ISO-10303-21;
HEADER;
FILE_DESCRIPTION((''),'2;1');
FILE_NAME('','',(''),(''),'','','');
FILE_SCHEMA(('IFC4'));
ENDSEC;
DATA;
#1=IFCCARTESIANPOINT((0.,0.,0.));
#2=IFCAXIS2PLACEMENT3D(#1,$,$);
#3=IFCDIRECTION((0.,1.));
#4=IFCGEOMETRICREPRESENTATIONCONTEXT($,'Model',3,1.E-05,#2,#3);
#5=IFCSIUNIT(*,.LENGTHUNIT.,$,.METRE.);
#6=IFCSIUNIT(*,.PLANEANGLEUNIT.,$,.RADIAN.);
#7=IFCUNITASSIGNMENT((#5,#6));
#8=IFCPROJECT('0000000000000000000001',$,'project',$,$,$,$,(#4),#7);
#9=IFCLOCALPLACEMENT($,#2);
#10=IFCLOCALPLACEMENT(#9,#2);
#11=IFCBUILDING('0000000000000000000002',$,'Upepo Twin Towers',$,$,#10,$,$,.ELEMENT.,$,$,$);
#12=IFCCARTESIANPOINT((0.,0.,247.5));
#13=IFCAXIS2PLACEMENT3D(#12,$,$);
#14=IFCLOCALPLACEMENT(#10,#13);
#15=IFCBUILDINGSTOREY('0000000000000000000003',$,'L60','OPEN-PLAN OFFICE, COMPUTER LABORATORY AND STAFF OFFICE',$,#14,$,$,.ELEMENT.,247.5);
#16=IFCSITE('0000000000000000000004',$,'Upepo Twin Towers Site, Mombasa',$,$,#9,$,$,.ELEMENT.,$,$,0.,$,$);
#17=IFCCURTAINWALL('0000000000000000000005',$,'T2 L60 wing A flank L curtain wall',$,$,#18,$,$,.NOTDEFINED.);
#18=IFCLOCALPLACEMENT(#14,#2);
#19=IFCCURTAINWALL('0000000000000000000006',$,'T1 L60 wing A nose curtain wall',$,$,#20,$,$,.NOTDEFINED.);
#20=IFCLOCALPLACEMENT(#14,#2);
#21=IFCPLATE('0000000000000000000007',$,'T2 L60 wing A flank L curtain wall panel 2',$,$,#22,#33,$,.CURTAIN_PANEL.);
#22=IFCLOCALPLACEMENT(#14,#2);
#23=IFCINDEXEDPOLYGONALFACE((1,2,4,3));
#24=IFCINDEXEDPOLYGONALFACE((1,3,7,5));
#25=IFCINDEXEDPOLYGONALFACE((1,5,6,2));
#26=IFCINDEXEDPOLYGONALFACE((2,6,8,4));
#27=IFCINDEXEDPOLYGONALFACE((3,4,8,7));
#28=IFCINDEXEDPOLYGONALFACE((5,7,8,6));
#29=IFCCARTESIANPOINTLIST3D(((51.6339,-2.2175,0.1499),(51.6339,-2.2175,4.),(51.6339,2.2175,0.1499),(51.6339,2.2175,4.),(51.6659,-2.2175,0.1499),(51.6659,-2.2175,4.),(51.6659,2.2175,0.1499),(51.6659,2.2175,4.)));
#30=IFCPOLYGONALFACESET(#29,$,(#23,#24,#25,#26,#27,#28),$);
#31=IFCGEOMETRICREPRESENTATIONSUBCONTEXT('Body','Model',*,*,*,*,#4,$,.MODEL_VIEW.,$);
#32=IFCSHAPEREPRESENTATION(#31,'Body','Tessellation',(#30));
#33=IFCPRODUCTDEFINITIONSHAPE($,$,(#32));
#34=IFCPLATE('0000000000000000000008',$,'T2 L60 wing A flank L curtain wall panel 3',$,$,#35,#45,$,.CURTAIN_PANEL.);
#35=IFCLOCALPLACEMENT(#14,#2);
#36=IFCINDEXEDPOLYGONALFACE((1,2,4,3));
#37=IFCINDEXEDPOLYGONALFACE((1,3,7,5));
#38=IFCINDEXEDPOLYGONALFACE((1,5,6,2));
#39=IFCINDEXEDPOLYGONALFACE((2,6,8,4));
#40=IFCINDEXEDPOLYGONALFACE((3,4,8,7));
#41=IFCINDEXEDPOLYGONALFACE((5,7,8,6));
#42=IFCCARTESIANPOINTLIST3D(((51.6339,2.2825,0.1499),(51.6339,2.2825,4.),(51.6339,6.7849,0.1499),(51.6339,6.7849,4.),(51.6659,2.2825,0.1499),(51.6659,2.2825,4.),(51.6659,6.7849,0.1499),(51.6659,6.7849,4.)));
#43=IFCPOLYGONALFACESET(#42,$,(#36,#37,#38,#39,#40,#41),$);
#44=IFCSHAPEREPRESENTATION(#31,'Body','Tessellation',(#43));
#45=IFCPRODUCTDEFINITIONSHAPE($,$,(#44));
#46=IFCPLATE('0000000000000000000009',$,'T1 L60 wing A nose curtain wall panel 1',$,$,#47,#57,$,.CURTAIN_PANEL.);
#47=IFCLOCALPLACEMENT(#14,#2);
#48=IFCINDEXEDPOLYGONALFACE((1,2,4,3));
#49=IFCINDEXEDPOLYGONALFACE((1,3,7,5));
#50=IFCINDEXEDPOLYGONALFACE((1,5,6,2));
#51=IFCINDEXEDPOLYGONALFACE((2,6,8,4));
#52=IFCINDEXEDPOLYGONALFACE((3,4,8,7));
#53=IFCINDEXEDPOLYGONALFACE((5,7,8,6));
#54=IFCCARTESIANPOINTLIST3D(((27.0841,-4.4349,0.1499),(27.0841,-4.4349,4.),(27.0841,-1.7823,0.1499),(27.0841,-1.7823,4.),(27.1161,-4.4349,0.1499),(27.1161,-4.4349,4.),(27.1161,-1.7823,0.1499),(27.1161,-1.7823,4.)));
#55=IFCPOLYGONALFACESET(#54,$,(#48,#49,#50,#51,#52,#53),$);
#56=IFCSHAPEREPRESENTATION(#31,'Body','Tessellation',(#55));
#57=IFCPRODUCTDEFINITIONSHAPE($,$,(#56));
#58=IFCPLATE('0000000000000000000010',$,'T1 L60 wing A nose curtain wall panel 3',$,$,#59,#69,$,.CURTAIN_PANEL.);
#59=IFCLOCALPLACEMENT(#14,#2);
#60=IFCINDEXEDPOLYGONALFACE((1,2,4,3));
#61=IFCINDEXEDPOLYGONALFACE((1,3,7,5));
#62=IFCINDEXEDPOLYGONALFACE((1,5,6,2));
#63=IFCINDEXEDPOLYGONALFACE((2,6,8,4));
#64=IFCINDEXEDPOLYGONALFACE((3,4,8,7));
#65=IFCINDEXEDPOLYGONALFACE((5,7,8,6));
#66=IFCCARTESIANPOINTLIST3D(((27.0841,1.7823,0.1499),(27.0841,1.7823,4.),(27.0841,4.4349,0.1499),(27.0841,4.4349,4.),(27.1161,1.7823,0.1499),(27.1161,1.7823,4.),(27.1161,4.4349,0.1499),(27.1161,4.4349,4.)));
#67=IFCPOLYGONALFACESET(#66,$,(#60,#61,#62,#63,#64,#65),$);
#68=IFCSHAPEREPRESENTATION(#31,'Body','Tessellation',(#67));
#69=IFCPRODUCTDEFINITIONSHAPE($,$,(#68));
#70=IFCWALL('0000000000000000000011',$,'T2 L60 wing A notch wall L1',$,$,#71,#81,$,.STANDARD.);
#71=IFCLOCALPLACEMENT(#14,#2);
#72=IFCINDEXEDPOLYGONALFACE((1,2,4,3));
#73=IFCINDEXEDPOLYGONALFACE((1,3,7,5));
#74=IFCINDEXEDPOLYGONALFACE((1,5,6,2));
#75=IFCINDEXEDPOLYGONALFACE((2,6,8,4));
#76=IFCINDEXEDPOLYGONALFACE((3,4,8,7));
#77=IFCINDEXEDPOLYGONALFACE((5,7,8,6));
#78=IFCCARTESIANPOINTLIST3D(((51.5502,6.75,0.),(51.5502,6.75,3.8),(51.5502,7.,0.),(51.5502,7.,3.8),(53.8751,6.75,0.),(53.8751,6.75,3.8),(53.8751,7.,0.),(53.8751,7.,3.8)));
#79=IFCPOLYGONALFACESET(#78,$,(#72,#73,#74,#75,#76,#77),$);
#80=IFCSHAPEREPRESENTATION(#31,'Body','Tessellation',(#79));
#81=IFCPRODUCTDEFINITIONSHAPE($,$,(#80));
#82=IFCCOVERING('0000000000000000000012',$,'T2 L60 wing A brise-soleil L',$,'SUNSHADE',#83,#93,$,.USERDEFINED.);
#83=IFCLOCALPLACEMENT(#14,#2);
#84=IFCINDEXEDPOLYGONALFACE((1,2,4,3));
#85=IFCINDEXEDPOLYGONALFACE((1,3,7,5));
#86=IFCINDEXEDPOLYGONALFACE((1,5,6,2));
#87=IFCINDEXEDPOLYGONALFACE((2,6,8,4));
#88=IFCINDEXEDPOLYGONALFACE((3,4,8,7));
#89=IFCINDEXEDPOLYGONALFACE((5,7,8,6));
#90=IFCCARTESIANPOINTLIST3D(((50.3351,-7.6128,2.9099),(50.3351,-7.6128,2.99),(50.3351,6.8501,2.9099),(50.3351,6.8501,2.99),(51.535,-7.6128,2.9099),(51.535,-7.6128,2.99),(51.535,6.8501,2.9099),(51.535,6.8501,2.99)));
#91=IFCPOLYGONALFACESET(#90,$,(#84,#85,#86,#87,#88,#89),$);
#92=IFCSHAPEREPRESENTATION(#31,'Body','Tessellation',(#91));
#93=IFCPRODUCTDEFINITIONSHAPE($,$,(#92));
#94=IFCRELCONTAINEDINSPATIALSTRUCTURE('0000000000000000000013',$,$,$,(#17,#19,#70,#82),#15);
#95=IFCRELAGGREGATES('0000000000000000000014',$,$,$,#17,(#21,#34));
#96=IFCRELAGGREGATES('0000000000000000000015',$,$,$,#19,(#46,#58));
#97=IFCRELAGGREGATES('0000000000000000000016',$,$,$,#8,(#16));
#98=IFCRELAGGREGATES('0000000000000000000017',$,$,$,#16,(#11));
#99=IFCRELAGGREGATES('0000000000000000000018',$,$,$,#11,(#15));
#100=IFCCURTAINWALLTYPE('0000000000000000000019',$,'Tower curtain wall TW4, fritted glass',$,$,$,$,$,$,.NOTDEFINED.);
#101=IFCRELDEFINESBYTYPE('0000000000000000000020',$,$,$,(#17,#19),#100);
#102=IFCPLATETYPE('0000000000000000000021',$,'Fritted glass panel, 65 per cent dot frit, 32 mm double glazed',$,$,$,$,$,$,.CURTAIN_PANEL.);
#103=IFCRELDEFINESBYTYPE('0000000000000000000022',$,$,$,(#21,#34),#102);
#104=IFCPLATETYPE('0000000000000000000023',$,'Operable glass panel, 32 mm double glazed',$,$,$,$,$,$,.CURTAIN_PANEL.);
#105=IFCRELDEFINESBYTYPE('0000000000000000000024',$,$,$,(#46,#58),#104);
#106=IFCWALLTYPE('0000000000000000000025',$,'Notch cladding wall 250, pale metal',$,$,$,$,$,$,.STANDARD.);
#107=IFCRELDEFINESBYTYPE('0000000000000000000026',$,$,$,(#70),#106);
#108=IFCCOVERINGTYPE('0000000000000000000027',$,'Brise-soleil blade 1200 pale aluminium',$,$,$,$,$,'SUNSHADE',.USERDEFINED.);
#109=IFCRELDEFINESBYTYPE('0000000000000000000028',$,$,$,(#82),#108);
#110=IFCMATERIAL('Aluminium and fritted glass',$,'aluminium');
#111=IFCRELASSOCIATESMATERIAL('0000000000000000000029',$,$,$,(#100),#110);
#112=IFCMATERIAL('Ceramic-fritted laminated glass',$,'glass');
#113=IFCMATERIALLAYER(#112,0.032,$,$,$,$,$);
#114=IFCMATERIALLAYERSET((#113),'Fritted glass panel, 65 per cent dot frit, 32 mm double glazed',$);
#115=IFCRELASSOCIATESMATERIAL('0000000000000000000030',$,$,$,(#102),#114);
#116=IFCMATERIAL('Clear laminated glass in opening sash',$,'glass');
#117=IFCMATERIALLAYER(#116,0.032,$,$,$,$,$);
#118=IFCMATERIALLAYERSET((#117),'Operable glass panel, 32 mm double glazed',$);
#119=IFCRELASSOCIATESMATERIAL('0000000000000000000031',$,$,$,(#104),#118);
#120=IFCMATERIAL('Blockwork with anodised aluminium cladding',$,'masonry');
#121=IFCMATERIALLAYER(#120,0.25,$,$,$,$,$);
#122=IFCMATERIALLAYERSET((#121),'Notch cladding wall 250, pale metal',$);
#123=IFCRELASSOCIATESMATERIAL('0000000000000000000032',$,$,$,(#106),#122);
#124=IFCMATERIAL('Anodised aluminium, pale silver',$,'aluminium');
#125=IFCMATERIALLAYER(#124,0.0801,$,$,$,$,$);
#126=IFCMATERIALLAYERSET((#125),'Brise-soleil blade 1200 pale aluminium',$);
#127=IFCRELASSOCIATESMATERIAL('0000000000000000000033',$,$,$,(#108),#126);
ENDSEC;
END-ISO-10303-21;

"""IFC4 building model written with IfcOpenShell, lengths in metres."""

from ifc_helpers import new_model, si_unit, direction, frame, frame_2d, origin, origin_2d, place, context, subcontext, project, spatial, rectangle, extrude, material, layer, layer_set, type_object, element, aggregate, save


model = new_model("IFC4")

# Units and contexts
model_context = context("Model", 3, precision=1e-05, world=origin(), true_north=direction((0.0, 1.0)))
body_context = subcontext(model_context, "Body", "Model", "MODEL_VIEW")
ifc_project = project(units=[si_unit("LENGTHUNIT", "METRE"), si_unit("PLANEANGLEUNIT", "RADIAN")], contexts=[model_context])

# Site, building, storey
site_placement = place(None, origin())
site = spatial("IfcSite", under=ifc_project, at=site_placement, Name="Upepo Twin Towers Site, Mombasa", CompositionType="ELEMENT", RefElevation=0.0)
building_placement = place(site_placement, origin())
building = spatial("IfcBuilding", under=site, at=building_placement, Name="Upepo Twin Towers", CompositionType="ELEMENT")
storey_placement = place(building_placement, frame((0.0, 0.0, 247.5)))
storey = spatial("IfcBuildingStorey", under=building, at=storey_placement, Name="L60", Description="OPEN-PLAN OFFICE, COMPUTER LABORATORY AND STAFF OFFICE", CompositionType="ELEMENT", Elevation=247.5)

# Curtain walls
ifc_material_1 = material(Name="Aluminium and fritted glass", Category="aluminium")
curtain_wall_type = type_object("IfcCurtainWallType", Name="Tower curtain wall TW4, fritted glass", PredefinedType="NOTDEFINED", material=ifc_material_1)
curtain_wall_1_placement = place(storey_placement, origin())
curtain_wall_1 = element("IfcCurtainWall", 1, at=curtain_wall_1_placement, inside=storey, type_object=curtain_wall_type, Name="T2 L60 wing A flank L curtain wall", PredefinedType="NOTDEFINED")
curtain_wall_2_placement = place(storey_placement, origin())
curtain_wall_2 = element("IfcCurtainWall", 2, at=curtain_wall_2_placement, inside=storey, type_object=curtain_wall_type, Name="T1 L60 wing A nose curtain wall", PredefinedType="NOTDEFINED")

# Plates
ifc_material_2 = material(Name="Ceramic-fritted laminated glass", Category="glass")
ifc_layer_1 = layer(ifc_material_2, 0.032)
ifc_layer_set_1 = layer_set([ifc_layer_1], Name="Fritted glass panel, 65 per cent dot frit, 32 mm double glazed")
plate_type_1 = type_object("IfcPlateType", Name="Fritted glass panel, 65 per cent dot frit, 32 mm double glazed", PredefinedType="CURTAIN_PANEL", material=ifc_layer_set_1)
plate_1_placement = place(storey_placement, frame((51.6499, 0.0, 0.1499), z_axis=(0.0, 0.0, 1.0), x_axis=(0.0, 1.0, 0.0)))
plate_1 = element("IfcPlate", 3, at=plate_1_placement, type_object=plate_type_1, Name="T2 L60 wing A flank L curtain wall panel 2", PredefinedType="CURTAIN_PANEL", context=body_context, shape_type="SweptSolid", body=[
    extrude(rectangle(XDim=4.4351, YDim=0.032, at=origin_2d()), origin(), (0.0, 0.0, 1.0), 3.8501),
])
plate_2_placement = place(storey_placement, frame((51.6499, 4.5337, 0.1499), z_axis=(0.0, 0.0, 1.0), x_axis=(0.0, 1.0, 0.0)))
plate_2 = element("IfcPlate", 4, at=plate_2_placement, type_object=plate_type_1, Name="T2 L60 wing A flank L curtain wall panel 3", PredefinedType="CURTAIN_PANEL", context=body_context, shape_type="SweptSolid", body=[
    extrude(rectangle(XDim=4.5024, YDim=0.032, at=origin_2d()), origin(), (0.0, 0.0, 1.0), 3.8501),
])
aggregate(curtain_wall_1, [plate_1, plate_2])
ifc_material_3 = material(Name="Clear laminated glass in opening sash", Category="glass")
ifc_layer_2 = layer(ifc_material_3, 0.032)
ifc_layer_set_2 = layer_set([ifc_layer_2], Name="Operable glass panel, 32 mm double glazed")
plate_type_2 = type_object("IfcPlateType", Name="Operable glass panel, 32 mm double glazed", PredefinedType="CURTAIN_PANEL", material=ifc_layer_set_2)
plate_3_placement = place(storey_placement, frame((27.1001, -3.1086, 0.1499), z_axis=(0.0, 0.0, 1.0), x_axis=(0.0, 1.0, 0.0)))
plate_3 = element("IfcPlate", 5, at=plate_3_placement, type_object=plate_type_2, Name="T1 L60 wing A nose curtain wall panel 1", PredefinedType="CURTAIN_PANEL", context=body_context, shape_type="SweptSolid", body=[
    extrude(rectangle(XDim=2.6526, YDim=0.032, at=origin_2d()), origin(), (0.0, 0.0, 1.0), 3.8501),
])
plate_4_placement = place(storey_placement, frame((27.1001, 3.1086, 0.1499), z_axis=(0.0, 0.0, 1.0), x_axis=(0.0, 1.0, 0.0)))
plate_4 = element("IfcPlate", 6, at=plate_4_placement, type_object=plate_type_2, Name="T1 L60 wing A nose curtain wall panel 3", PredefinedType="CURTAIN_PANEL", context=body_context, shape_type="SweptSolid", body=[
    extrude(rectangle(XDim=2.6526, YDim=0.032, at=origin_2d()), origin(), (0.0, 0.0, 1.0), 3.8501),
])
aggregate(curtain_wall_2, [plate_3, plate_4])

# Wall
ifc_material_4 = material(Name="Blockwork with anodised aluminium cladding", Category="masonry")
ifc_layer_3 = layer(ifc_material_4, 0.25)
ifc_layer_set_3 = layer_set([ifc_layer_3], Name="Notch cladding wall 250, pale metal")
wall_type = type_object("IfcWallType", Name="Notch cladding wall 250, pale metal", PredefinedType="STANDARD", material=ifc_layer_set_3)
wall_placement = place(storey_placement, frame((51.55, 6.875, 0.0), z_axis=(0.0, 0.0, 1.0), x_axis=(1.0, 0.0, 0.0)))
element("IfcWall", 7, at=wall_placement, inside=storey, type_object=wall_type, Name="T2 L60 wing A notch wall L1", PredefinedType="STANDARD", context=body_context, shape_type="SweptSolid", body=[
    extrude(rectangle(XDim=2.325, YDim=0.25, at=frame_2d((1.1626, 0.0))), origin(), (0.0, 0.0, 1.0), 3.8),
])

# Covering
ifc_material_5 = material(Name="Anodised aluminium, pale silver", Category="aluminium")
ifc_layer_4 = layer(ifc_material_5, 0.0801)
ifc_layer_set_4 = layer_set([ifc_layer_4], Name="Brise-soleil blade 1200 pale aluminium")
covering_type = type_object("IfcCoveringType", Name="Brise-soleil blade 1200 pale aluminium", ElementType="SUNSHADE", PredefinedType="USERDEFINED", material=ifc_layer_set_4)
covering_placement = place(storey_placement, frame((50.9351, -0.3813, 2.9099), z_axis=(0.0, 0.0, 1.0), x_axis=(0.0, 1.0, 0.0)))
element("IfcCovering", 8, at=covering_placement, inside=storey, type_object=covering_type, Name="T2 L60 wing A brise-soleil L", ObjectType="SUNSHADE", PredefinedType="USERDEFINED", context=body_context, shape_type="SweptSolid", body=[
    extrude(rectangle(XDim=14.4629, YDim=1.2, at=origin_2d()), origin(), (0.0, 0.0, 1.0), 0.0801),
])

save(model, "model.ifc")
